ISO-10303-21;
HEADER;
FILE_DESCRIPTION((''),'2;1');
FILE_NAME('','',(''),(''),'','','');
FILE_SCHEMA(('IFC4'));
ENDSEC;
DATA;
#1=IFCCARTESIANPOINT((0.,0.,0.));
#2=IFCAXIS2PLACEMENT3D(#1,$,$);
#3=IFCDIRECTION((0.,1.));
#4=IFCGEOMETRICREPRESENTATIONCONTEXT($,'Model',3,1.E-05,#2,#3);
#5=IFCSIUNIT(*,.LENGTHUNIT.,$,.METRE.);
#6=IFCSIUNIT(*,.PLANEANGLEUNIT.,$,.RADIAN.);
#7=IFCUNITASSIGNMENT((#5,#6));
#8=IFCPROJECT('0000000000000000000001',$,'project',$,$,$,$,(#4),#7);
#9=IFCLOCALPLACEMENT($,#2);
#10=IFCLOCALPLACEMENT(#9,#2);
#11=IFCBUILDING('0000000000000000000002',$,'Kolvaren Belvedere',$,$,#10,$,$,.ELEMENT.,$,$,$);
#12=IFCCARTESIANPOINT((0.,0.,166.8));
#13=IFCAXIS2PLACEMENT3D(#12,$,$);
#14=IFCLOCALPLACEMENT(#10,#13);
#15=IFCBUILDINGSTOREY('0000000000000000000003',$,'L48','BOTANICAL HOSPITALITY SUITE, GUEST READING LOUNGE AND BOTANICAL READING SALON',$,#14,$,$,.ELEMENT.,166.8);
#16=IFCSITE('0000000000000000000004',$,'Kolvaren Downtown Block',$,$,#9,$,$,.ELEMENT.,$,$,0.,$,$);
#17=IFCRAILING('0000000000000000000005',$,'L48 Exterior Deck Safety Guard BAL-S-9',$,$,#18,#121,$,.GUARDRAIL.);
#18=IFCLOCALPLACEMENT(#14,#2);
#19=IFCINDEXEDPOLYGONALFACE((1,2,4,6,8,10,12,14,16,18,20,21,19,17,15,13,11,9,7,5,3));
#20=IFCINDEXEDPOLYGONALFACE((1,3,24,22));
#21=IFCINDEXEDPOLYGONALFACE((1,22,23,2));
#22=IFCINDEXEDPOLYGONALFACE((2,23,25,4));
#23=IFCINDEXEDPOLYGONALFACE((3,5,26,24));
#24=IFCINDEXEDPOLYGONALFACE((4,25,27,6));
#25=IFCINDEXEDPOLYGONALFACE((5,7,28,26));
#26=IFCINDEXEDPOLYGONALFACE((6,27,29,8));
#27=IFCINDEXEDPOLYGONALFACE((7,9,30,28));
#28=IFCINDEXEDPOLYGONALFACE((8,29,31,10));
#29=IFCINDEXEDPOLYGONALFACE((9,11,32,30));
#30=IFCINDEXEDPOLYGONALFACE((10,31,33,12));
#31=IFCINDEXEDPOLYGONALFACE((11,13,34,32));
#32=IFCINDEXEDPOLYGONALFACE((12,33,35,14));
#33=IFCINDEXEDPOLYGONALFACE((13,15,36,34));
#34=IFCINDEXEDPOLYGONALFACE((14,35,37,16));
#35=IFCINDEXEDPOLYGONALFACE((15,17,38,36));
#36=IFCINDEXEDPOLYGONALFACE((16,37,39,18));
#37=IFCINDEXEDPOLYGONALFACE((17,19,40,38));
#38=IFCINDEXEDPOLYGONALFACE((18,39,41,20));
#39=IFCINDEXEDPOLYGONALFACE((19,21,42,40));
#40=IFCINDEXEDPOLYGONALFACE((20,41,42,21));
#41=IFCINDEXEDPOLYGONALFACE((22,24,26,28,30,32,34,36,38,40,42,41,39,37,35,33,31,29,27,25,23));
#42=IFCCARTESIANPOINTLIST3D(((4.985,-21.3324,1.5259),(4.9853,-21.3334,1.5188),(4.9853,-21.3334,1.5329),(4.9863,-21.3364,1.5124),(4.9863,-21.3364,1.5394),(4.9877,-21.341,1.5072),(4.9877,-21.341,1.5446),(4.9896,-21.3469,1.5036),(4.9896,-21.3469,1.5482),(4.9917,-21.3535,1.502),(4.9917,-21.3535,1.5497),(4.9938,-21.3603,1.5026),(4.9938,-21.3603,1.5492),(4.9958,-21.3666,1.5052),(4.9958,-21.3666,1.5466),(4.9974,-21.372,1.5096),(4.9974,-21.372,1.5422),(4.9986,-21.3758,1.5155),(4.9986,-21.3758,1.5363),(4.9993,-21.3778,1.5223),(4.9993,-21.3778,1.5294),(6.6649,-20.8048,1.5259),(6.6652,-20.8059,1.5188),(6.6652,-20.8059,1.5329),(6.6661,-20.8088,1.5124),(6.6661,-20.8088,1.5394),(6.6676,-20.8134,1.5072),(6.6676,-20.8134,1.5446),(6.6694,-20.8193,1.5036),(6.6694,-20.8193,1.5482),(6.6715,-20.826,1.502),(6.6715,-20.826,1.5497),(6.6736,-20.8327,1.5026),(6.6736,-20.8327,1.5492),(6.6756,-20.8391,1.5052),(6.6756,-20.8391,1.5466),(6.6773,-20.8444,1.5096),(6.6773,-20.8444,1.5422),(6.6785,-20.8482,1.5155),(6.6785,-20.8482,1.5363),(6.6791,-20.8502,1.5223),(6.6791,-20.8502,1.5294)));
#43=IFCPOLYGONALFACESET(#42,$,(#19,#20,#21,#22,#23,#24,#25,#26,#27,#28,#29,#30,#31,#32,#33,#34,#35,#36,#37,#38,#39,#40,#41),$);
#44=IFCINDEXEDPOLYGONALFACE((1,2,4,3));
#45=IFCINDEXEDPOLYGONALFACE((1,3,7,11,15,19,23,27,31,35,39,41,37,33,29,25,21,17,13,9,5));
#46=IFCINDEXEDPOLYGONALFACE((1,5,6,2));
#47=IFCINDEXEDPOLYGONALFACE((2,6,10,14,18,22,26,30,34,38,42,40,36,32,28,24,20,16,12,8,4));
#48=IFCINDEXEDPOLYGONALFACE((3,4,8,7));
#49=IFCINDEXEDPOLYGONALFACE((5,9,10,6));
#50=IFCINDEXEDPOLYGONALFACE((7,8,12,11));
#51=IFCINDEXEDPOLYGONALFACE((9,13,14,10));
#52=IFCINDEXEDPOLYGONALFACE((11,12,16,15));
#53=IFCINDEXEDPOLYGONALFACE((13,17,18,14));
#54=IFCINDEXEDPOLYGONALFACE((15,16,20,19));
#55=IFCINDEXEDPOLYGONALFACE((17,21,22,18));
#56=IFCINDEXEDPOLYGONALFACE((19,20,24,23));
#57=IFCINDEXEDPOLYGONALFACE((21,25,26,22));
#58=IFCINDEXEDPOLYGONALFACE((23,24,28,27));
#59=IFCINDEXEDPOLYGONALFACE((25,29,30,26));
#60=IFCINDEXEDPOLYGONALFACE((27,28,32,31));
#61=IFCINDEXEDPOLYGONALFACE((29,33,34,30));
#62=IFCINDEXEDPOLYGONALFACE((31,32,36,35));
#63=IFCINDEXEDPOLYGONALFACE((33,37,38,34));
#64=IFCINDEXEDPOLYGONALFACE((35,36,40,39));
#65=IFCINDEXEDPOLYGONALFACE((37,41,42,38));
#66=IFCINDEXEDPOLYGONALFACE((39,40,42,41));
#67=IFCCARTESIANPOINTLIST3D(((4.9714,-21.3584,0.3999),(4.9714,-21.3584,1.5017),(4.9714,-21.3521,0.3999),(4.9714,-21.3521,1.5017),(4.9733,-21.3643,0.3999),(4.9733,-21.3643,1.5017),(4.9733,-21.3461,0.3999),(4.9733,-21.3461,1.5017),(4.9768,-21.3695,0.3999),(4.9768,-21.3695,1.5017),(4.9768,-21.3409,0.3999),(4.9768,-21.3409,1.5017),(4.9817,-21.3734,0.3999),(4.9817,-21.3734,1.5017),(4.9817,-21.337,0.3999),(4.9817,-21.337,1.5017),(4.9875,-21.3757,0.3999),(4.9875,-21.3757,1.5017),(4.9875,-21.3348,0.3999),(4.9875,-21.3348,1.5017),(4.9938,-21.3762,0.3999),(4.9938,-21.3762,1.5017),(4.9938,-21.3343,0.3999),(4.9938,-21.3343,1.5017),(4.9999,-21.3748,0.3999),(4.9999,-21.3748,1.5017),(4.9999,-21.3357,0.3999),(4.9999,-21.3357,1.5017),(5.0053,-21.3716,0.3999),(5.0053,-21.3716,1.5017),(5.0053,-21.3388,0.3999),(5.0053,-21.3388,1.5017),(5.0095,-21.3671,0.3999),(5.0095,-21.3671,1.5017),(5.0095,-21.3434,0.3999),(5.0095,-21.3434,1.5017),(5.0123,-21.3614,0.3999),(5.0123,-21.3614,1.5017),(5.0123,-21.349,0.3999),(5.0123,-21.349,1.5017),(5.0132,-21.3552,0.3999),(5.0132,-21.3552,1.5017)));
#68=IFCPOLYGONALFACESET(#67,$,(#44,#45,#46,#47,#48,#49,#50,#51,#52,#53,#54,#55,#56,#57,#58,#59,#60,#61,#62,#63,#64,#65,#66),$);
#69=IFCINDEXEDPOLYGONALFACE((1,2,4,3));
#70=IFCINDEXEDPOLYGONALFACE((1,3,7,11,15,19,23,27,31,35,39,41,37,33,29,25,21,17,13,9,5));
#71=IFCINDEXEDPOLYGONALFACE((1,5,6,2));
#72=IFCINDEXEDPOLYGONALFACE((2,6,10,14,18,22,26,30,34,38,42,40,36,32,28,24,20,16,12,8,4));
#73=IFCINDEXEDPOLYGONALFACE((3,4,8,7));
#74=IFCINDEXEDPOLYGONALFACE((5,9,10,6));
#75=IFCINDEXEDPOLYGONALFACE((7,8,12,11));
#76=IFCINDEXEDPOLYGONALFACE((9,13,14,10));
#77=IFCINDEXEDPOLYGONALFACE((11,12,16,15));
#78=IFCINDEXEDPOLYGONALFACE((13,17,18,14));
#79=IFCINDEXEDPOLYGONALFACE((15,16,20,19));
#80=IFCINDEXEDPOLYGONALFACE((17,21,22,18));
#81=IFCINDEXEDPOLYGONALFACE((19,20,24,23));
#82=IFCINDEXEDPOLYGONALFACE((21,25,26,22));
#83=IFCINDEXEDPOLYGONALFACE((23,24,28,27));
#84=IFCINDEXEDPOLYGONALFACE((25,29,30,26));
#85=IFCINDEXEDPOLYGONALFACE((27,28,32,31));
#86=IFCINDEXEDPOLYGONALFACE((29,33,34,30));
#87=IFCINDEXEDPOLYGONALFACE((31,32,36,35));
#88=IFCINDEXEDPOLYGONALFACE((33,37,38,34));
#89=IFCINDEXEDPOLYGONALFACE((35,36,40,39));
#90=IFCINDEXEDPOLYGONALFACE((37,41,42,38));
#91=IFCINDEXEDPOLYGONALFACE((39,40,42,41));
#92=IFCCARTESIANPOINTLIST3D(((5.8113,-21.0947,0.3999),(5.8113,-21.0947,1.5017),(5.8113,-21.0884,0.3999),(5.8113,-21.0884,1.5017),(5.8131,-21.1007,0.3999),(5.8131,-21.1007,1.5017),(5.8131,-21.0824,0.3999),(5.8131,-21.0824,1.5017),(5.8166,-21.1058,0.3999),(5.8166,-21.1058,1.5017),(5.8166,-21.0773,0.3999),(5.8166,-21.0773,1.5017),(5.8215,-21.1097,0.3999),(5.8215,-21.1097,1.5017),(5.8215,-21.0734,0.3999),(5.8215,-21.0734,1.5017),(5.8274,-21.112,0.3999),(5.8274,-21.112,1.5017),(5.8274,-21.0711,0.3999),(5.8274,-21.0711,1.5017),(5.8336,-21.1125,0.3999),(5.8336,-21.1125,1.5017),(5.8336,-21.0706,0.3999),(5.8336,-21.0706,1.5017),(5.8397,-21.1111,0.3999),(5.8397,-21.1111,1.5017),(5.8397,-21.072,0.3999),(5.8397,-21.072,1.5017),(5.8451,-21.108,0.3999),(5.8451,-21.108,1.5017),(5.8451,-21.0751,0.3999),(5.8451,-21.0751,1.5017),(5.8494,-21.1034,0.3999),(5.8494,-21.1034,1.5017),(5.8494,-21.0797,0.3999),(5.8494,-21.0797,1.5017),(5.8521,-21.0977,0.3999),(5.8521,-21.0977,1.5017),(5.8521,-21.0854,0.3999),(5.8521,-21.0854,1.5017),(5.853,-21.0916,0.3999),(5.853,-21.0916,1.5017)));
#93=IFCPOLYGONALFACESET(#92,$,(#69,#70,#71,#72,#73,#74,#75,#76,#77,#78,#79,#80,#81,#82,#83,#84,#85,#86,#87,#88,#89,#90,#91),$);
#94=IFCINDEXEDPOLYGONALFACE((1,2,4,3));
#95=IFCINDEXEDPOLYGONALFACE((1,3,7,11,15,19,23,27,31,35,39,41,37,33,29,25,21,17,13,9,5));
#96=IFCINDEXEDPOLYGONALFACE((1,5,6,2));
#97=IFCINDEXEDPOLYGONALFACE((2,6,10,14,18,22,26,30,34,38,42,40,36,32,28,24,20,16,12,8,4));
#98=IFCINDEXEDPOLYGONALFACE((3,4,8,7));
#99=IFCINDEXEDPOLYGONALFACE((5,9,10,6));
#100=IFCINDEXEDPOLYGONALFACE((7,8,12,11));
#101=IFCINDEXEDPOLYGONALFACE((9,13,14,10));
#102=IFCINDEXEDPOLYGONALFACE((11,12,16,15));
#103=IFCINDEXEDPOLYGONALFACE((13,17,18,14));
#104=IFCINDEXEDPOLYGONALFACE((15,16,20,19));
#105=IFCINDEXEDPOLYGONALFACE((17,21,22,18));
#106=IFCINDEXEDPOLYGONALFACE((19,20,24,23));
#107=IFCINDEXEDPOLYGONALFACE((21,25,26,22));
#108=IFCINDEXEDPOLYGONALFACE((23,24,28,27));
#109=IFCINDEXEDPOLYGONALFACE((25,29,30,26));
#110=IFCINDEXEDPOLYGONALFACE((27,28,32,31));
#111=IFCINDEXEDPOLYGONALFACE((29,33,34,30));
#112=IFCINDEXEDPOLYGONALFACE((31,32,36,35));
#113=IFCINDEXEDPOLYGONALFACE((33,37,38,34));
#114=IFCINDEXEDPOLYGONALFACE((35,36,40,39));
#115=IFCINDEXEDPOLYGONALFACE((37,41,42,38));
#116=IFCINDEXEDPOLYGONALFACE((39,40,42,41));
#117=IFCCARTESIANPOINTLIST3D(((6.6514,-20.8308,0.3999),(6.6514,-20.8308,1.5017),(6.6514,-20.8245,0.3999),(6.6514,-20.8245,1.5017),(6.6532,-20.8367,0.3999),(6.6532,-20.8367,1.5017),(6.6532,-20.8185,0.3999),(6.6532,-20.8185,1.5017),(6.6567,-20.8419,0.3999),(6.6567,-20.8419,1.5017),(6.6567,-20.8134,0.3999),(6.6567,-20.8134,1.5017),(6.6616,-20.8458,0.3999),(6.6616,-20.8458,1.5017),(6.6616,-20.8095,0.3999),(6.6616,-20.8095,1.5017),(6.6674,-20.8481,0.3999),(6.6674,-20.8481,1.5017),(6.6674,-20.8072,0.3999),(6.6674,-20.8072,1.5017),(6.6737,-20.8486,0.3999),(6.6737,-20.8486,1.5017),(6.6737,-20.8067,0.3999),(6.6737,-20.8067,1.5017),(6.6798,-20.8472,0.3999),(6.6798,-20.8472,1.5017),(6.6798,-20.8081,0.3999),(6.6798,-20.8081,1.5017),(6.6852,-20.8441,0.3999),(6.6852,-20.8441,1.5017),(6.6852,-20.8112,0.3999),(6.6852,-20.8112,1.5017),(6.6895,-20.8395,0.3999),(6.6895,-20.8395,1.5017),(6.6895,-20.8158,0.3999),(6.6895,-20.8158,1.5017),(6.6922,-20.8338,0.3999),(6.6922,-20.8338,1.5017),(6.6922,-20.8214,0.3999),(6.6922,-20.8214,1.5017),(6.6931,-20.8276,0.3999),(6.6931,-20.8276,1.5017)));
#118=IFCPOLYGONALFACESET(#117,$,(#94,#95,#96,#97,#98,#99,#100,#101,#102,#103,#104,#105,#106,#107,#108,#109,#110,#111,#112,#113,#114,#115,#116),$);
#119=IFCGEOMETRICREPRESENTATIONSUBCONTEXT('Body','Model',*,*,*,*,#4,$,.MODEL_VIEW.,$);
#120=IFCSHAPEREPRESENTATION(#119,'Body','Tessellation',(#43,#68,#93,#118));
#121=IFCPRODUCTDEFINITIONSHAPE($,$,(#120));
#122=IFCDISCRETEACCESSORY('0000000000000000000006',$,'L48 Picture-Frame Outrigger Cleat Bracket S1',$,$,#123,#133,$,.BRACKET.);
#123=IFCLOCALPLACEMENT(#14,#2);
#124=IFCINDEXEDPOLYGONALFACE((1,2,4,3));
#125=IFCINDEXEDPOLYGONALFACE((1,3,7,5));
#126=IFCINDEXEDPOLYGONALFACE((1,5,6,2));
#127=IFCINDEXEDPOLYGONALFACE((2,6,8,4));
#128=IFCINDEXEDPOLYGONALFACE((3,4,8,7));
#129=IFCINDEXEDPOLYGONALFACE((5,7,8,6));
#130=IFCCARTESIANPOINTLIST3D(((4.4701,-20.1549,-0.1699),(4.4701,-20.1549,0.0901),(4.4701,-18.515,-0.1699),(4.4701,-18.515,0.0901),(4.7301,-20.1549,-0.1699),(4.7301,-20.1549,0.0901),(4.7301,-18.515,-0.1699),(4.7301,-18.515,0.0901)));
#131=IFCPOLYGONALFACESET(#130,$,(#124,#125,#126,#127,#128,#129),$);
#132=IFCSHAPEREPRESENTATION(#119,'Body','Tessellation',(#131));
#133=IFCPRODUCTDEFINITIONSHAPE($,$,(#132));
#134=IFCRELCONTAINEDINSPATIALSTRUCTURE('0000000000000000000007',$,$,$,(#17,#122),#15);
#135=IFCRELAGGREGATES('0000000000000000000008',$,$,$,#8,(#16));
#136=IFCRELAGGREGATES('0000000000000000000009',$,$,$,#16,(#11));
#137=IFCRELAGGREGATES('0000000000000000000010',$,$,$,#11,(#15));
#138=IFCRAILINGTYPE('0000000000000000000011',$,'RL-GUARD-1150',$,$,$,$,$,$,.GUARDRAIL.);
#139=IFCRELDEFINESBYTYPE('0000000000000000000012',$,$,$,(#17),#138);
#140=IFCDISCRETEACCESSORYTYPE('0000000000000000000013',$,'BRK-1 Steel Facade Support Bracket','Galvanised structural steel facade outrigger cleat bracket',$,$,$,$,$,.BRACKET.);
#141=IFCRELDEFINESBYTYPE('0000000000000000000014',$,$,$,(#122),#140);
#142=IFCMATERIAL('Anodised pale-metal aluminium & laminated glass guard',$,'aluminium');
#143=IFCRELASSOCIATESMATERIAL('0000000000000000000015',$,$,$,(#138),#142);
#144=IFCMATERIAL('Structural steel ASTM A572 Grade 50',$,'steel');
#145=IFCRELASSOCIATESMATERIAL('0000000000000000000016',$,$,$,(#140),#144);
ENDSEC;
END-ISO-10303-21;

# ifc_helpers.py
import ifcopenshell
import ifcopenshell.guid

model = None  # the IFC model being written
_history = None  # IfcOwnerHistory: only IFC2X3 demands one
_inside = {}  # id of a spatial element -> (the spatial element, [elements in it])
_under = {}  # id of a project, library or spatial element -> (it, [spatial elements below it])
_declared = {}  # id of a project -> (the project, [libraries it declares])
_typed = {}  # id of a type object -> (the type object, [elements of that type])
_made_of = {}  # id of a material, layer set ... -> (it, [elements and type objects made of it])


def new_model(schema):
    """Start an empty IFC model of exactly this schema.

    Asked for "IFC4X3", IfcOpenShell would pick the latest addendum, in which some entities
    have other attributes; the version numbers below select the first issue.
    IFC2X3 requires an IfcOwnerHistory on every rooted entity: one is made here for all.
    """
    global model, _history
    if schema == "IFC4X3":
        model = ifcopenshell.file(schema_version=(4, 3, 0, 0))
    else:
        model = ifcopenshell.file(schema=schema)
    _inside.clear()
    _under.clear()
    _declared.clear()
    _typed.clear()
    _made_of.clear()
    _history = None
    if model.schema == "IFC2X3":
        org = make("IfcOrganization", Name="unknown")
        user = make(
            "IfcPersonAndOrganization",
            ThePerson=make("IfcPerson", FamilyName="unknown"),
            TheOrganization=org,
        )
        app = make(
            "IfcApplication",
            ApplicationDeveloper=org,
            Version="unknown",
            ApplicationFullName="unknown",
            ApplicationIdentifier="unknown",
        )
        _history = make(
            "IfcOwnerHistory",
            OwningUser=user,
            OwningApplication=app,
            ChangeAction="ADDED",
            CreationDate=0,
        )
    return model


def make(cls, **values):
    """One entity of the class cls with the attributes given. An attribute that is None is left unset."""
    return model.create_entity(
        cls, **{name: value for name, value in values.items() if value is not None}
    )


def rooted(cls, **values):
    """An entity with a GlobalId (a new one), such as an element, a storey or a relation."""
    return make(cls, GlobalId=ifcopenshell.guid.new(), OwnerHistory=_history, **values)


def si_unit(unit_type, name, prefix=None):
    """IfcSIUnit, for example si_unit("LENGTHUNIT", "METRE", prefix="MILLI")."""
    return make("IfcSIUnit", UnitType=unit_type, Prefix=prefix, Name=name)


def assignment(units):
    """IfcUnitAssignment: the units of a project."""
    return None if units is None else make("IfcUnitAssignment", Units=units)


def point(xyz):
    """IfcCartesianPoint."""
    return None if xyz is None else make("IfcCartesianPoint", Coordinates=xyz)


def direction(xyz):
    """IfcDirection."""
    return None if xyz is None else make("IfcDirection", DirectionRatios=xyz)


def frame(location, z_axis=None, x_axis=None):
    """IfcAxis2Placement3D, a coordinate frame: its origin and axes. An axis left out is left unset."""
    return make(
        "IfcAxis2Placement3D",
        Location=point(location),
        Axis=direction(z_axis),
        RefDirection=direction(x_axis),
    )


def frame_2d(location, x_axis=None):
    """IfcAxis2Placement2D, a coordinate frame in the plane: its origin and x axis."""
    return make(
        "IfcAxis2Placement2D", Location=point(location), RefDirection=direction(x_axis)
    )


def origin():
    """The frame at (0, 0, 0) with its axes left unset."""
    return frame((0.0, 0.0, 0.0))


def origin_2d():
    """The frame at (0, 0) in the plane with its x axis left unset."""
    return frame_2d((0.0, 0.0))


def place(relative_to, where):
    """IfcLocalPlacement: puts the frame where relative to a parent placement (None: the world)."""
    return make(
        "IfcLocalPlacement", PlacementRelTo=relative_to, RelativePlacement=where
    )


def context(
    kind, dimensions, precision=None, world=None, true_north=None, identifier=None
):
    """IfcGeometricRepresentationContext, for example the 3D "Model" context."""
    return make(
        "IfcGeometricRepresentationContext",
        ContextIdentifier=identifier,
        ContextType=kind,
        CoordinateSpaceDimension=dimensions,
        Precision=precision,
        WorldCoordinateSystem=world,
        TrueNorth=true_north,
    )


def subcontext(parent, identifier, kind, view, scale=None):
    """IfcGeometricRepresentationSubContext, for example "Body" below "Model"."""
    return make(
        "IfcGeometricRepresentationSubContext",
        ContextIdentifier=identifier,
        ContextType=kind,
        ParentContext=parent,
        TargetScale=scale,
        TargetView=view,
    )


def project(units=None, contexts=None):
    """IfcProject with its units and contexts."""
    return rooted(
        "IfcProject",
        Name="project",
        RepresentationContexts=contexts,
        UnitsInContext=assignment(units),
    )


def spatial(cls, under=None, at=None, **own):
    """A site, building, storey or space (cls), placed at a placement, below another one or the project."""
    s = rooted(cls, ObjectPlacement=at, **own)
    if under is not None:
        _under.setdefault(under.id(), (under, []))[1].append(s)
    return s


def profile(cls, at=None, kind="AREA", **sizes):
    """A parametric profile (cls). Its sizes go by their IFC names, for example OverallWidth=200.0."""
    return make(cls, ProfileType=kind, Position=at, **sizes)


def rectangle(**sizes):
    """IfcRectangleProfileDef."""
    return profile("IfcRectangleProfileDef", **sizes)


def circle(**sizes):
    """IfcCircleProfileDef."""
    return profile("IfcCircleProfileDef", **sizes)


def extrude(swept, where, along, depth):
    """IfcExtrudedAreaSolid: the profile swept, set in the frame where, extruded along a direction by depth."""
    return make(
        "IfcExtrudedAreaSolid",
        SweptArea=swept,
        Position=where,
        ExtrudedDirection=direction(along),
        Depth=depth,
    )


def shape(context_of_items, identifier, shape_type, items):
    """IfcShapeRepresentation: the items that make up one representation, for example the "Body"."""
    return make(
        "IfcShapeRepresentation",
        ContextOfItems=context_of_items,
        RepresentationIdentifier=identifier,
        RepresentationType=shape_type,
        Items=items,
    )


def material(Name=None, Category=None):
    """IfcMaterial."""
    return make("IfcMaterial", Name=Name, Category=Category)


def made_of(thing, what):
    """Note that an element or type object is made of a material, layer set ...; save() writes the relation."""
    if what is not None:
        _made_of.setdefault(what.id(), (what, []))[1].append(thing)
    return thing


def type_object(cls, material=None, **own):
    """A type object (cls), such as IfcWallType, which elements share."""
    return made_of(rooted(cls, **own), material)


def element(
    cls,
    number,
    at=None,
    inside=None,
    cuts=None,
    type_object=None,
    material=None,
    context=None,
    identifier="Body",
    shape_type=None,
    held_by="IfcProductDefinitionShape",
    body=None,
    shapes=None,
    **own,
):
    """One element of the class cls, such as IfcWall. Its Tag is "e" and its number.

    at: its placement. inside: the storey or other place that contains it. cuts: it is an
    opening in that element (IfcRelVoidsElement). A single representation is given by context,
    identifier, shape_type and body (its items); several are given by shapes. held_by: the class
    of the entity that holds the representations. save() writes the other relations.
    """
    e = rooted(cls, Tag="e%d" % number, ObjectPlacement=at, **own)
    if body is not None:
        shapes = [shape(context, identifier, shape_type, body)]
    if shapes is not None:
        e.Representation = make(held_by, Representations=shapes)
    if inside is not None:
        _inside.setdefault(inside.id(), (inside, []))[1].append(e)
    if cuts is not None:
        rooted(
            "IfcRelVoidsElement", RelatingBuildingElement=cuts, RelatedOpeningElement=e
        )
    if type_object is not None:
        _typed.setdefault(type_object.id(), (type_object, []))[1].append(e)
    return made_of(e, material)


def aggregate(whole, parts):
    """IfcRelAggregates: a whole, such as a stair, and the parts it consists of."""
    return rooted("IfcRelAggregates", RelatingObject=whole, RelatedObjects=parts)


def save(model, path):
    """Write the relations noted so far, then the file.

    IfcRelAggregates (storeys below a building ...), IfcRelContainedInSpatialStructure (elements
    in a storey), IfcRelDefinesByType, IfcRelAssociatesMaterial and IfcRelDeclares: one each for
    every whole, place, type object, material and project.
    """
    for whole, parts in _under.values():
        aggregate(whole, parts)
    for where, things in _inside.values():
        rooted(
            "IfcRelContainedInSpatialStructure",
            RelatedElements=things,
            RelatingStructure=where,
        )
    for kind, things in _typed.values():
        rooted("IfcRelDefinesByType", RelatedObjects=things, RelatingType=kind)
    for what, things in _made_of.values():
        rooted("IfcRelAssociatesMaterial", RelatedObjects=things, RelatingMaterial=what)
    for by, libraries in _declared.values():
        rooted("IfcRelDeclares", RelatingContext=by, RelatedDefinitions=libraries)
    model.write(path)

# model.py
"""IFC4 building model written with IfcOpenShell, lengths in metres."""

from ifc_helpers import new_model, si_unit, direction, frame, origin, origin_2d, place, context, subcontext, project, spatial, rectangle, circle, extrude, material, type_object, element, save


model = new_model("IFC4")

# Units and contexts
model_context = context("Model", 3, precision=1e-05, world=origin(), true_north=direction((0.0, 1.0)))
body_context = subcontext(model_context, "Body", "Model", "MODEL_VIEW")
ifc_project = project(units=[si_unit("LENGTHUNIT", "METRE"), si_unit("PLANEANGLEUNIT", "RADIAN")], contexts=[model_context])

# Site, building, storey
site_placement = place(None, origin())
site = spatial("IfcSite", under=ifc_project, at=site_placement, Name="Kolvaren Downtown Block", CompositionType="ELEMENT", RefElevation=0.0)
building_placement = place(site_placement, origin())
building = spatial("IfcBuilding", under=site, at=building_placement, Name="Kolvaren Belvedere", CompositionType="ELEMENT")
storey_placement = place(building_placement, frame((0.0, 0.0, 166.8)))
storey = spatial("IfcBuildingStorey", under=building, at=storey_placement, Name="L48", Description="BOTANICAL HOSPITALITY SUITE, GUEST READING LOUNGE AND BOTANICAL READING SALON", CompositionType="ELEMENT", Elevation=166.8)

# Railing
ifc_material_1 = material(Name="Anodised pale-metal aluminium & laminated glass guard", Category="aluminium")
railing_type = type_object("IfcRailingType", Name="RL-GUARD-1150", PredefinedType="GUARDRAIL", material=ifc_material_1)
railing_1_placement = place(storey_placement, frame((4.9922, -21.3552, 0.3999)))
element("IfcRailing", 1, at=railing_1_placement, inside=storey, type_object=railing_type, Name="L48 Exterior Deck Safety Guard BAL-S-9", PredefinedType="GUARDRAIL", context=body_context, shape_type="SweptSolid", body=[
    extrude(circle(Radius=0.0239, at=origin_2d()), frame((0.0, 0.0, 1.126), z_axis=(0.954057, 0.299625, 0.0), x_axis=(-0.299625, 0.954057, 0.0)), (0.0, 0.0, 1.0), 1.7607),
    extrude(circle(Radius=0.021, at=origin_2d()), origin(), (0.0, 0.0, 1.0), 1.1018),
    extrude(circle(Radius=0.021, at=origin_2d()), frame((0.8398, 0.2637, 0.0)), (0.0, 0.0, 1.0), 1.1018),
    extrude(circle(Radius=0.021, at=origin_2d()), frame((1.6799, 0.5276, 0.0)), (0.0, 0.0, 1.0), 1.1018),
])

# Discrete accessory
ifc_material_2 = material(Name="Structural steel ASTM A572 Grade 50", Category="steel")
discrete_accessory_type = type_object("IfcDiscreteAccessoryType", Name="BRK-1 Steel Facade Support Bracket", Description="Galvanised structural steel facade outrigger cleat bracket", PredefinedType="BRACKET", material=ifc_material_2)
discrete_accessory_placement = place(storey_placement, frame((4.6001, -19.335, -0.1699), z_axis=(0.0, 0.0, 1.0), x_axis=(0.0, 1.0, 0.0)))
element("IfcDiscreteAccessory", 2, at=discrete_accessory_placement, inside=storey, type_object=discrete_accessory_type, Name="L48 Picture-Frame Outrigger Cleat Bracket S1", PredefinedType="BRACKET", context=body_context, shape_type="SweptSolid", body=[
    extrude(rectangle(XDim=1.6399, YDim=0.26, at=origin_2d()), origin(), (0.0, 0.0, 1.0), 0.26),
])

save(model, "model.ifc")
